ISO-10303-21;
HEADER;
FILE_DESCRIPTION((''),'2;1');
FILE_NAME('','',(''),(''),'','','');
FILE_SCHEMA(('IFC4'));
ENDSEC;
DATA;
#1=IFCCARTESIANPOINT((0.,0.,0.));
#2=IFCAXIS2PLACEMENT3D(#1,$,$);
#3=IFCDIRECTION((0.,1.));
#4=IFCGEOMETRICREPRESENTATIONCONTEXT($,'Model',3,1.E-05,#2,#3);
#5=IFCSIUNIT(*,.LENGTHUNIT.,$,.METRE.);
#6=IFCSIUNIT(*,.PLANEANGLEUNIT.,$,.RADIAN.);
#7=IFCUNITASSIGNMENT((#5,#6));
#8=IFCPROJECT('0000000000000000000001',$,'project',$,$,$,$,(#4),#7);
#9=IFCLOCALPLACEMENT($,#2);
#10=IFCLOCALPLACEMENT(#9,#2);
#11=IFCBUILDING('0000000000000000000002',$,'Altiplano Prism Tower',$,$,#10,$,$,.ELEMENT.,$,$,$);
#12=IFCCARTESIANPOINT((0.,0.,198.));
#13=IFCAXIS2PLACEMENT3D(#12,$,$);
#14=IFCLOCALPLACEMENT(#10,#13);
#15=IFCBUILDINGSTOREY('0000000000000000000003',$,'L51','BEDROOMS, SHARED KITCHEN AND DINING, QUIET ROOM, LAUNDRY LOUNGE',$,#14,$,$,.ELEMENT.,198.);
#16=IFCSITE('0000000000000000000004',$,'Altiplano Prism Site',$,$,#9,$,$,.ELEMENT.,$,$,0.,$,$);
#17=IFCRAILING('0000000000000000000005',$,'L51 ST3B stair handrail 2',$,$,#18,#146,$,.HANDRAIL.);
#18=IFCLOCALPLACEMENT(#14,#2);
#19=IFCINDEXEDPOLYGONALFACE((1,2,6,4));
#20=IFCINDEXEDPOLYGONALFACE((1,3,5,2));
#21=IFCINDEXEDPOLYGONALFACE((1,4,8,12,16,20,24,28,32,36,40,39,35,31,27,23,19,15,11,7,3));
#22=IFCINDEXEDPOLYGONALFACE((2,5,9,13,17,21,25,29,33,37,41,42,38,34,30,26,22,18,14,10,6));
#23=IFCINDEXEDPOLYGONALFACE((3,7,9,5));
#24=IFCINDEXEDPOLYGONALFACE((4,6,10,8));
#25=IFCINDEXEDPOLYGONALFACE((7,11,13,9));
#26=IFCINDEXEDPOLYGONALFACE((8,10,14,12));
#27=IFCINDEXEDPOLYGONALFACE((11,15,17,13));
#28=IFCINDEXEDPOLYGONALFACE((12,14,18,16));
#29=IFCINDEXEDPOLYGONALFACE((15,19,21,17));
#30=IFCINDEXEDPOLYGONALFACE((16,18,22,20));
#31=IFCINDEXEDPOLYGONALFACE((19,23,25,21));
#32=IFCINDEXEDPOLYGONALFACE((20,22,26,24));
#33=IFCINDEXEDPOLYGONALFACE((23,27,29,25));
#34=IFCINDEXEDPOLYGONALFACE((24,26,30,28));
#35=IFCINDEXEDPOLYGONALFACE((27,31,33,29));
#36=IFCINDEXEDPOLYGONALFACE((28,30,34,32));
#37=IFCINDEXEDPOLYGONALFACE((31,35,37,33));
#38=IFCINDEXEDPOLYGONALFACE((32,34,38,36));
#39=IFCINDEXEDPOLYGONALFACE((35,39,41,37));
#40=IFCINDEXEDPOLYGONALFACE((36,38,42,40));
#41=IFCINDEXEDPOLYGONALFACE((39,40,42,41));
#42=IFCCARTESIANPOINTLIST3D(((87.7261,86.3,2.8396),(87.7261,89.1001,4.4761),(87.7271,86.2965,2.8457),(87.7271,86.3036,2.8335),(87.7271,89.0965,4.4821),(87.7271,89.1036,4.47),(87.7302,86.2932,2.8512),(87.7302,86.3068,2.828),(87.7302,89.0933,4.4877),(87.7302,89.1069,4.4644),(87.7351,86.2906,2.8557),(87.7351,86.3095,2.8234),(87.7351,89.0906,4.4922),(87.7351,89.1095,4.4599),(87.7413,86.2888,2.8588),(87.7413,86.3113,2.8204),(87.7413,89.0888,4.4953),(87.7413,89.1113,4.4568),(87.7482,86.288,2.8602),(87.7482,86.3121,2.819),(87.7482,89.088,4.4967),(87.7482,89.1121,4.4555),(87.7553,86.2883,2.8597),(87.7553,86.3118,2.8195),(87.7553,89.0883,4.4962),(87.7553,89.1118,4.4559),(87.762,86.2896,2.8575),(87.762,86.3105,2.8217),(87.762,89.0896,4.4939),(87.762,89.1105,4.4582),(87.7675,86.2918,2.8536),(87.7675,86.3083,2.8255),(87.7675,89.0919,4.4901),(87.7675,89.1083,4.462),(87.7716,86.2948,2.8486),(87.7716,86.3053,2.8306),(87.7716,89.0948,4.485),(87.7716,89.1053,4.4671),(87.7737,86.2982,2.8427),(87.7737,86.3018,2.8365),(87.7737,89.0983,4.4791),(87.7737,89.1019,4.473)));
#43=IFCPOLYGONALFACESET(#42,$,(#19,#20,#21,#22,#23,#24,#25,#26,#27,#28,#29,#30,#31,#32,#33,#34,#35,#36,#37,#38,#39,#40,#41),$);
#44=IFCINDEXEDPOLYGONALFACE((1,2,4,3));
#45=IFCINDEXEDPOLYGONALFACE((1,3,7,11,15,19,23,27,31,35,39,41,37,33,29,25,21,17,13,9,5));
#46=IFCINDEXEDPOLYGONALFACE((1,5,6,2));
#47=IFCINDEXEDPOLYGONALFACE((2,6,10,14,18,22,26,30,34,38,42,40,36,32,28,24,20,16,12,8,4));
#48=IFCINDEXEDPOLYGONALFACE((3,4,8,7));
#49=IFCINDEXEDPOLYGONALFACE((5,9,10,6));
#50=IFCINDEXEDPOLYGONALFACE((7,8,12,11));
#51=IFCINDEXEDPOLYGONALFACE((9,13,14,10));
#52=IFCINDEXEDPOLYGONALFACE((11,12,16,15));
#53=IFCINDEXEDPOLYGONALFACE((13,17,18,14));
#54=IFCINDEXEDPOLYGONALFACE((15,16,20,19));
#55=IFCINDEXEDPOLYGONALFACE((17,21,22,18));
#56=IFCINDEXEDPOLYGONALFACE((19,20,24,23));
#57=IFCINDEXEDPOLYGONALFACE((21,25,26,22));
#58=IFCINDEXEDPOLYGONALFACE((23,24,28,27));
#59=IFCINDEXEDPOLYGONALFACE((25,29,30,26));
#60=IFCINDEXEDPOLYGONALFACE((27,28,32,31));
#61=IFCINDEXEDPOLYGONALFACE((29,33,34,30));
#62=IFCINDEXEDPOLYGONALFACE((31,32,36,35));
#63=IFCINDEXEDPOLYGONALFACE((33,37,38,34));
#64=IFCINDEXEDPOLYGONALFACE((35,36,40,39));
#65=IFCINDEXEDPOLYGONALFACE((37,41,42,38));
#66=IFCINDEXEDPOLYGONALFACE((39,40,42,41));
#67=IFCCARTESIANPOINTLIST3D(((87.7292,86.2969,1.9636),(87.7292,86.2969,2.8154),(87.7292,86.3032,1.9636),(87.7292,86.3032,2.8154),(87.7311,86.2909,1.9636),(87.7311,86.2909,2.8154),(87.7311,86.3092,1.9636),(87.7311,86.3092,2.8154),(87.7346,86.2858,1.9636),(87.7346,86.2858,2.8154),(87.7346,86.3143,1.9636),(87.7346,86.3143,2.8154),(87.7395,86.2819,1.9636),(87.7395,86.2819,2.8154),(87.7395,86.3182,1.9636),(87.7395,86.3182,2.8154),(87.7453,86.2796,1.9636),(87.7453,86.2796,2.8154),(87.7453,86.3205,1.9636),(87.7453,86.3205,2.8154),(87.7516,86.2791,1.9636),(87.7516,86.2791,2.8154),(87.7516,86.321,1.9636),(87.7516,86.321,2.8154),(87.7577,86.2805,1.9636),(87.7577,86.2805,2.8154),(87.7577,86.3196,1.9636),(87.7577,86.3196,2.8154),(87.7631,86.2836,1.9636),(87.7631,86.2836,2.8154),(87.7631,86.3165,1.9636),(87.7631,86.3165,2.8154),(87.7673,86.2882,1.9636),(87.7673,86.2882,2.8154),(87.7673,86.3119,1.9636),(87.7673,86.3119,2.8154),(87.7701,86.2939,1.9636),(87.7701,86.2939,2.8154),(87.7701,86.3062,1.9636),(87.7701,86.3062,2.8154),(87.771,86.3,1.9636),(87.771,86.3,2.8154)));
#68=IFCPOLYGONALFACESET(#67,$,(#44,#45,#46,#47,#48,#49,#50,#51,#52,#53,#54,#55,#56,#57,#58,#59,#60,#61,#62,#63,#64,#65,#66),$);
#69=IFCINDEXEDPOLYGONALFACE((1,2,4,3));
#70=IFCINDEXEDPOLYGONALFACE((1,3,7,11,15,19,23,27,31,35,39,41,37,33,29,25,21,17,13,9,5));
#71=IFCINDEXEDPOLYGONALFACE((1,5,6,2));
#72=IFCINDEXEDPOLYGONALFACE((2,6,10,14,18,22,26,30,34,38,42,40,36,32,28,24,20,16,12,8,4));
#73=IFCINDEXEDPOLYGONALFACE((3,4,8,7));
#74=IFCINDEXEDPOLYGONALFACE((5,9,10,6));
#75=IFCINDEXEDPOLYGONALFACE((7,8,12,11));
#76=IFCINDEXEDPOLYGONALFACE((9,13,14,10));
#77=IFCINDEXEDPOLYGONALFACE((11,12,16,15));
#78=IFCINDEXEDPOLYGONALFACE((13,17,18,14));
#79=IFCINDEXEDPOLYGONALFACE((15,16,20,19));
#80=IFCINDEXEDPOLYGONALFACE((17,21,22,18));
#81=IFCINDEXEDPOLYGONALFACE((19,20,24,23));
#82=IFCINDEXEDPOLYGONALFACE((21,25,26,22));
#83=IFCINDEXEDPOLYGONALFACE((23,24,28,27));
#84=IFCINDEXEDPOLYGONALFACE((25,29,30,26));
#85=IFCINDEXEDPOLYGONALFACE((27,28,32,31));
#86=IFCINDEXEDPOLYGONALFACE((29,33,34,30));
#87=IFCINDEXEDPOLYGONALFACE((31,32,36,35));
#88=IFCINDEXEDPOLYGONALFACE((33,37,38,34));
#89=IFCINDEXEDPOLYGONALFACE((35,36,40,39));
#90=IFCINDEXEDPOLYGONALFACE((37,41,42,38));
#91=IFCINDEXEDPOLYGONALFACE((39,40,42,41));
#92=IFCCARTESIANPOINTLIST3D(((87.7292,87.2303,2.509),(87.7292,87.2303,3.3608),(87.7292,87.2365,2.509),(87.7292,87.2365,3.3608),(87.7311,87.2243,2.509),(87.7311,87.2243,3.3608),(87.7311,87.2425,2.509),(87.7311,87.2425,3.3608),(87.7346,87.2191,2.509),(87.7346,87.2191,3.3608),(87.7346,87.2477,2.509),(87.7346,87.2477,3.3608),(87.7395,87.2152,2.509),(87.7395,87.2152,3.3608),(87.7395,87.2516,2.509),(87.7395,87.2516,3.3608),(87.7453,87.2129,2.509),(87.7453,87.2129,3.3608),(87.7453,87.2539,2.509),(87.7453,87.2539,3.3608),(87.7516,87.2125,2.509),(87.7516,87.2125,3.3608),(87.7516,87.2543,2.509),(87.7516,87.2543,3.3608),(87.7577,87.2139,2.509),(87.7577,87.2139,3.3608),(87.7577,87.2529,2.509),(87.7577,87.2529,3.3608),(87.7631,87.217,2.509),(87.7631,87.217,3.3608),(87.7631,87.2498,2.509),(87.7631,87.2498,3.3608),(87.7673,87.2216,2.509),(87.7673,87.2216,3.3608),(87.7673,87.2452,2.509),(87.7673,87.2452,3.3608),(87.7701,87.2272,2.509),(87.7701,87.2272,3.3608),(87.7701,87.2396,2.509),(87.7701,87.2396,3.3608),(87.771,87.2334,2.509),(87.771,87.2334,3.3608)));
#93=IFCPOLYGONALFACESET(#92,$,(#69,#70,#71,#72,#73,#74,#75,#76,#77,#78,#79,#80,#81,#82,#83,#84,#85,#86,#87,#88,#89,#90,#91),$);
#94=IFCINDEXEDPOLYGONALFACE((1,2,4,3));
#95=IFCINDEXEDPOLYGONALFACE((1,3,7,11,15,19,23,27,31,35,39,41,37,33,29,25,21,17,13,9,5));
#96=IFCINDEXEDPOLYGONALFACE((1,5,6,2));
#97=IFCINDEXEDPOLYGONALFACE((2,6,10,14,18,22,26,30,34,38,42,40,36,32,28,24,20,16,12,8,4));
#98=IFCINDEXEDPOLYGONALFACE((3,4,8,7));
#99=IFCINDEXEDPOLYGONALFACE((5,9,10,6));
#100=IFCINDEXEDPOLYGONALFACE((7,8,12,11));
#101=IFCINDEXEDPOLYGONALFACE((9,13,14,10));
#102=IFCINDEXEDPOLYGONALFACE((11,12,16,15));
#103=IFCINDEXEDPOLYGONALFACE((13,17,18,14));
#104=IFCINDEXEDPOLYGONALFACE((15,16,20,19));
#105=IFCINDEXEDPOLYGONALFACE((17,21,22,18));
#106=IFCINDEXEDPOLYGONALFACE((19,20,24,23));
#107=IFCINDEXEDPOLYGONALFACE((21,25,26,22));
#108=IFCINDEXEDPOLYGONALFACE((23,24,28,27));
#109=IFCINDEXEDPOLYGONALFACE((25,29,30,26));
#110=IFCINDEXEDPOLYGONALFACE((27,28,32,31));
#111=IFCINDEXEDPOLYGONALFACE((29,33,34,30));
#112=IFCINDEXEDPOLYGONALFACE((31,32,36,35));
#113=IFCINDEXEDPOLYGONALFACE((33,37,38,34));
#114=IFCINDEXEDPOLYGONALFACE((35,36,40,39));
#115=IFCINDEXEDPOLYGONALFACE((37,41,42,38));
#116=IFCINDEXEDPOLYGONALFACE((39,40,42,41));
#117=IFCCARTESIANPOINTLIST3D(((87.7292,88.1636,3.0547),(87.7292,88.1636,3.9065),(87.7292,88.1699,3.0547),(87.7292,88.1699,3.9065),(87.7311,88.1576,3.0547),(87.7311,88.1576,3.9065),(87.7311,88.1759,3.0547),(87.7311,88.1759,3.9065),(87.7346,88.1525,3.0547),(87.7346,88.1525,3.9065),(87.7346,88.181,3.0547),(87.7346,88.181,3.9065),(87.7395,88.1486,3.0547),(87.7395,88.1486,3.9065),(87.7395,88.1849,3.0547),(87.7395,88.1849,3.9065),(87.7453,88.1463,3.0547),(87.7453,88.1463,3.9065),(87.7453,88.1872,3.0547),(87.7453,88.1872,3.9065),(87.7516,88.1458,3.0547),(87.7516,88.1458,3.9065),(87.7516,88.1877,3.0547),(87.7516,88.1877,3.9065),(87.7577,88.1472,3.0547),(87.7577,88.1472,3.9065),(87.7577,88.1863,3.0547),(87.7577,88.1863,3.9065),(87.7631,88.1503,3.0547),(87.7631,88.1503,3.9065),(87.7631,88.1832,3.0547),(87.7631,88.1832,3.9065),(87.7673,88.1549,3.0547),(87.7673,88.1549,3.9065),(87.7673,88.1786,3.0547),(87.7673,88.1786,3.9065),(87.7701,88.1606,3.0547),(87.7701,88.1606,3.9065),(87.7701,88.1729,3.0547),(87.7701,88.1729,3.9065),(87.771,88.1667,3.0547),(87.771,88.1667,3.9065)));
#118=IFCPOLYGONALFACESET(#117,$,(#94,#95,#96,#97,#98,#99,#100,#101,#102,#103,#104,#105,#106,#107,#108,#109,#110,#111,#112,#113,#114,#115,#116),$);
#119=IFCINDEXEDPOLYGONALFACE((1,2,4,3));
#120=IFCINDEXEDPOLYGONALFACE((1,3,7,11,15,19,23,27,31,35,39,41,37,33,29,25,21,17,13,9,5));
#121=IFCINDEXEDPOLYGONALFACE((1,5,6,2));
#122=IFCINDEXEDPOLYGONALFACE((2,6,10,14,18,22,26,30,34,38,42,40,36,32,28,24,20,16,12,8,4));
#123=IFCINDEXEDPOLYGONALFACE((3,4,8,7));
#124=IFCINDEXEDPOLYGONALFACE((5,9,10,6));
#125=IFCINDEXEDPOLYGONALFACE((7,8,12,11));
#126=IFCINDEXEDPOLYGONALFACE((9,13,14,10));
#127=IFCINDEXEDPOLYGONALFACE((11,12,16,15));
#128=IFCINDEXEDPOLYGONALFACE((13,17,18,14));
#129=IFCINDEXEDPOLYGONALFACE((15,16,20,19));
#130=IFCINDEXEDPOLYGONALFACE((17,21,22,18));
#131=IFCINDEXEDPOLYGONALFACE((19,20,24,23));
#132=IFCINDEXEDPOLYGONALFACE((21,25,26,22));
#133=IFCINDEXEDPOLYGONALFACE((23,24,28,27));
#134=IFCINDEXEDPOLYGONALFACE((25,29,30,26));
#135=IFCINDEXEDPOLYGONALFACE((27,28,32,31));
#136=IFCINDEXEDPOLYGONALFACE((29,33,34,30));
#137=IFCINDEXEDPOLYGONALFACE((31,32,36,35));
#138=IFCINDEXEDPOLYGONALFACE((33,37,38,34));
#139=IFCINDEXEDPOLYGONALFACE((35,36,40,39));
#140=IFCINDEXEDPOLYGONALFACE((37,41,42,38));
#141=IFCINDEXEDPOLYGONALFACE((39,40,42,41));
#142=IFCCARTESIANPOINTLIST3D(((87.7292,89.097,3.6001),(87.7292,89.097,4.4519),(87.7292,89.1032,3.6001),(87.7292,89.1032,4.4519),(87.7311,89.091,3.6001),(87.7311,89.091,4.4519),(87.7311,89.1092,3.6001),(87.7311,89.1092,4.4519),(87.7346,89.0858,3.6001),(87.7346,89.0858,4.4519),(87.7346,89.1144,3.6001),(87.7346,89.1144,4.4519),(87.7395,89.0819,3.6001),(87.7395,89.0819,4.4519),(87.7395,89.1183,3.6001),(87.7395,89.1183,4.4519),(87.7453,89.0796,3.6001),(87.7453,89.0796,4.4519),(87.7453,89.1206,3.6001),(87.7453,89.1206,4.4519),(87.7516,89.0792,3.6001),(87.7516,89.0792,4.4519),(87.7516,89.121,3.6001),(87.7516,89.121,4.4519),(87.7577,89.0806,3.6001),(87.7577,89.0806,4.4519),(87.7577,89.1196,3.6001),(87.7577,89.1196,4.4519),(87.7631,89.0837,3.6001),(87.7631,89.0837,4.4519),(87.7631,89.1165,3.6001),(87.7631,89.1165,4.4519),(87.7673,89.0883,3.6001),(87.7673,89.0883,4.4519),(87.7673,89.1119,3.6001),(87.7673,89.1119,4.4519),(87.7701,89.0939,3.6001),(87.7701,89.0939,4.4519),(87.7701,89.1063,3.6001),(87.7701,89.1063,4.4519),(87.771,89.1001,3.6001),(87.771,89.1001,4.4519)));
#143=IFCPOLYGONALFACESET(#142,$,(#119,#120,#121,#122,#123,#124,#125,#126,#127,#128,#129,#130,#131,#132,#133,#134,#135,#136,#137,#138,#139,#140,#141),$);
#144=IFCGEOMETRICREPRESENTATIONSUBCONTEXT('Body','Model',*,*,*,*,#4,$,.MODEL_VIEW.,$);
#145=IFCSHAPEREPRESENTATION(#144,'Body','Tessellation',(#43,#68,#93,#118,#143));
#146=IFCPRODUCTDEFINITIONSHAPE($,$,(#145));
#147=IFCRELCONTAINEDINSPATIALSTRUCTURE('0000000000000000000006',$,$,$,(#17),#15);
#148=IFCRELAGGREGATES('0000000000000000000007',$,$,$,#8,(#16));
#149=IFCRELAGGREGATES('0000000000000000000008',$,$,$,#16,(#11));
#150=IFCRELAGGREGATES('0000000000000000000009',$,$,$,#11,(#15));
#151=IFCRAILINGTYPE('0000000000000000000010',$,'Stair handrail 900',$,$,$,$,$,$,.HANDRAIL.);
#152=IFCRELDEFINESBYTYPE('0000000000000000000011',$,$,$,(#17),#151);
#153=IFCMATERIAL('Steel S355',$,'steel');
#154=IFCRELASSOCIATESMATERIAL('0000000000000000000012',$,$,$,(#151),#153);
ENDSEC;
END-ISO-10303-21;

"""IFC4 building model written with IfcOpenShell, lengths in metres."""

from ifc_helpers import new_model, si_unit, direction, frame, origin, origin_2d, place, context, subcontext, project, spatial, circle, extrude, material, type_object, element, save


model = new_model("IFC4")

# Units and contexts
model_context = context("Model", 3, precision=1e-05, world=origin(), true_north=direction((0.0, 1.0)))
body_context = subcontext(model_context, "Body", "Model", "MODEL_VIEW")
ifc_project = project(units=[si_unit("LENGTHUNIT", "METRE"), si_unit("PLANEANGLEUNIT", "RADIAN")], contexts=[model_context])

# Site, building, storey
site_placement = place(None, origin())
site = spatial("IfcSite", under=ifc_project, at=site_placement, Name="Altiplano Prism Site", CompositionType="ELEMENT", RefElevation=0.0)
building_placement = place(site_placement, origin())
building = spatial("IfcBuilding", under=site, at=building_placement, Name="Altiplano Prism Tower", CompositionType="ELEMENT")
storey_placement = place(building_placement, frame((0.0, 0.0, 198.0)))
storey = spatial("IfcBuildingStorey", under=building, at=storey_placement, Name="L51", Description="BEDROOMS, SHARED KITCHEN AND DINING, QUIET ROOM, LAUNDRY LOUNGE", CompositionType="ELEMENT", Elevation=198.0)

# Railing
ifc_material_1 = material(Name="Steel S355", Category="steel")
railing_type = type_object("IfcRailingType", Name="Stair handrail 900", PredefinedType="HANDRAIL", material=ifc_material_1)
for number, where, name in (
    (1, (87.75, 86.3, 1.9636), "L51 ST3B stair handrail 2"),
):
    element("IfcRailing", number, at=place(storey_placement, frame(where)), inside=storey, type_object=railing_type, Name=name, PredefinedType="HANDRAIL", context=body_context, shape_type="SweptSolid", body=[
        extrude(circle(Radius=0.0239, at=origin_2d()), frame((0.0, 0.0, 0.876), z_axis=(0.0, 0.863361, 0.504587), x_axis=(-1.0, 0.0, 0.0)), (0.0, 0.0, 1.0), 3.2432),
        extrude(circle(Radius=0.021, at=origin_2d()), origin(), (0.0, 0.0, 1.0), 0.8518),
        extrude(circle(Radius=0.021, at=origin_2d()), frame((0.0, 0.9333, 0.5454)), (0.0, 0.0, 1.0), 0.8518),
        extrude(circle(Radius=0.021, at=origin_2d()), frame((0.0, 1.8667, 1.0911)), (0.0, 0.0, 1.0), 0.8518),
        extrude(circle(Radius=0.021, at=origin_2d()), frame((0.0, 2.8, 1.6365)), (0.0, 0.0, 1.0), 0.8518),
    ])

save(model, "model.ifc")
